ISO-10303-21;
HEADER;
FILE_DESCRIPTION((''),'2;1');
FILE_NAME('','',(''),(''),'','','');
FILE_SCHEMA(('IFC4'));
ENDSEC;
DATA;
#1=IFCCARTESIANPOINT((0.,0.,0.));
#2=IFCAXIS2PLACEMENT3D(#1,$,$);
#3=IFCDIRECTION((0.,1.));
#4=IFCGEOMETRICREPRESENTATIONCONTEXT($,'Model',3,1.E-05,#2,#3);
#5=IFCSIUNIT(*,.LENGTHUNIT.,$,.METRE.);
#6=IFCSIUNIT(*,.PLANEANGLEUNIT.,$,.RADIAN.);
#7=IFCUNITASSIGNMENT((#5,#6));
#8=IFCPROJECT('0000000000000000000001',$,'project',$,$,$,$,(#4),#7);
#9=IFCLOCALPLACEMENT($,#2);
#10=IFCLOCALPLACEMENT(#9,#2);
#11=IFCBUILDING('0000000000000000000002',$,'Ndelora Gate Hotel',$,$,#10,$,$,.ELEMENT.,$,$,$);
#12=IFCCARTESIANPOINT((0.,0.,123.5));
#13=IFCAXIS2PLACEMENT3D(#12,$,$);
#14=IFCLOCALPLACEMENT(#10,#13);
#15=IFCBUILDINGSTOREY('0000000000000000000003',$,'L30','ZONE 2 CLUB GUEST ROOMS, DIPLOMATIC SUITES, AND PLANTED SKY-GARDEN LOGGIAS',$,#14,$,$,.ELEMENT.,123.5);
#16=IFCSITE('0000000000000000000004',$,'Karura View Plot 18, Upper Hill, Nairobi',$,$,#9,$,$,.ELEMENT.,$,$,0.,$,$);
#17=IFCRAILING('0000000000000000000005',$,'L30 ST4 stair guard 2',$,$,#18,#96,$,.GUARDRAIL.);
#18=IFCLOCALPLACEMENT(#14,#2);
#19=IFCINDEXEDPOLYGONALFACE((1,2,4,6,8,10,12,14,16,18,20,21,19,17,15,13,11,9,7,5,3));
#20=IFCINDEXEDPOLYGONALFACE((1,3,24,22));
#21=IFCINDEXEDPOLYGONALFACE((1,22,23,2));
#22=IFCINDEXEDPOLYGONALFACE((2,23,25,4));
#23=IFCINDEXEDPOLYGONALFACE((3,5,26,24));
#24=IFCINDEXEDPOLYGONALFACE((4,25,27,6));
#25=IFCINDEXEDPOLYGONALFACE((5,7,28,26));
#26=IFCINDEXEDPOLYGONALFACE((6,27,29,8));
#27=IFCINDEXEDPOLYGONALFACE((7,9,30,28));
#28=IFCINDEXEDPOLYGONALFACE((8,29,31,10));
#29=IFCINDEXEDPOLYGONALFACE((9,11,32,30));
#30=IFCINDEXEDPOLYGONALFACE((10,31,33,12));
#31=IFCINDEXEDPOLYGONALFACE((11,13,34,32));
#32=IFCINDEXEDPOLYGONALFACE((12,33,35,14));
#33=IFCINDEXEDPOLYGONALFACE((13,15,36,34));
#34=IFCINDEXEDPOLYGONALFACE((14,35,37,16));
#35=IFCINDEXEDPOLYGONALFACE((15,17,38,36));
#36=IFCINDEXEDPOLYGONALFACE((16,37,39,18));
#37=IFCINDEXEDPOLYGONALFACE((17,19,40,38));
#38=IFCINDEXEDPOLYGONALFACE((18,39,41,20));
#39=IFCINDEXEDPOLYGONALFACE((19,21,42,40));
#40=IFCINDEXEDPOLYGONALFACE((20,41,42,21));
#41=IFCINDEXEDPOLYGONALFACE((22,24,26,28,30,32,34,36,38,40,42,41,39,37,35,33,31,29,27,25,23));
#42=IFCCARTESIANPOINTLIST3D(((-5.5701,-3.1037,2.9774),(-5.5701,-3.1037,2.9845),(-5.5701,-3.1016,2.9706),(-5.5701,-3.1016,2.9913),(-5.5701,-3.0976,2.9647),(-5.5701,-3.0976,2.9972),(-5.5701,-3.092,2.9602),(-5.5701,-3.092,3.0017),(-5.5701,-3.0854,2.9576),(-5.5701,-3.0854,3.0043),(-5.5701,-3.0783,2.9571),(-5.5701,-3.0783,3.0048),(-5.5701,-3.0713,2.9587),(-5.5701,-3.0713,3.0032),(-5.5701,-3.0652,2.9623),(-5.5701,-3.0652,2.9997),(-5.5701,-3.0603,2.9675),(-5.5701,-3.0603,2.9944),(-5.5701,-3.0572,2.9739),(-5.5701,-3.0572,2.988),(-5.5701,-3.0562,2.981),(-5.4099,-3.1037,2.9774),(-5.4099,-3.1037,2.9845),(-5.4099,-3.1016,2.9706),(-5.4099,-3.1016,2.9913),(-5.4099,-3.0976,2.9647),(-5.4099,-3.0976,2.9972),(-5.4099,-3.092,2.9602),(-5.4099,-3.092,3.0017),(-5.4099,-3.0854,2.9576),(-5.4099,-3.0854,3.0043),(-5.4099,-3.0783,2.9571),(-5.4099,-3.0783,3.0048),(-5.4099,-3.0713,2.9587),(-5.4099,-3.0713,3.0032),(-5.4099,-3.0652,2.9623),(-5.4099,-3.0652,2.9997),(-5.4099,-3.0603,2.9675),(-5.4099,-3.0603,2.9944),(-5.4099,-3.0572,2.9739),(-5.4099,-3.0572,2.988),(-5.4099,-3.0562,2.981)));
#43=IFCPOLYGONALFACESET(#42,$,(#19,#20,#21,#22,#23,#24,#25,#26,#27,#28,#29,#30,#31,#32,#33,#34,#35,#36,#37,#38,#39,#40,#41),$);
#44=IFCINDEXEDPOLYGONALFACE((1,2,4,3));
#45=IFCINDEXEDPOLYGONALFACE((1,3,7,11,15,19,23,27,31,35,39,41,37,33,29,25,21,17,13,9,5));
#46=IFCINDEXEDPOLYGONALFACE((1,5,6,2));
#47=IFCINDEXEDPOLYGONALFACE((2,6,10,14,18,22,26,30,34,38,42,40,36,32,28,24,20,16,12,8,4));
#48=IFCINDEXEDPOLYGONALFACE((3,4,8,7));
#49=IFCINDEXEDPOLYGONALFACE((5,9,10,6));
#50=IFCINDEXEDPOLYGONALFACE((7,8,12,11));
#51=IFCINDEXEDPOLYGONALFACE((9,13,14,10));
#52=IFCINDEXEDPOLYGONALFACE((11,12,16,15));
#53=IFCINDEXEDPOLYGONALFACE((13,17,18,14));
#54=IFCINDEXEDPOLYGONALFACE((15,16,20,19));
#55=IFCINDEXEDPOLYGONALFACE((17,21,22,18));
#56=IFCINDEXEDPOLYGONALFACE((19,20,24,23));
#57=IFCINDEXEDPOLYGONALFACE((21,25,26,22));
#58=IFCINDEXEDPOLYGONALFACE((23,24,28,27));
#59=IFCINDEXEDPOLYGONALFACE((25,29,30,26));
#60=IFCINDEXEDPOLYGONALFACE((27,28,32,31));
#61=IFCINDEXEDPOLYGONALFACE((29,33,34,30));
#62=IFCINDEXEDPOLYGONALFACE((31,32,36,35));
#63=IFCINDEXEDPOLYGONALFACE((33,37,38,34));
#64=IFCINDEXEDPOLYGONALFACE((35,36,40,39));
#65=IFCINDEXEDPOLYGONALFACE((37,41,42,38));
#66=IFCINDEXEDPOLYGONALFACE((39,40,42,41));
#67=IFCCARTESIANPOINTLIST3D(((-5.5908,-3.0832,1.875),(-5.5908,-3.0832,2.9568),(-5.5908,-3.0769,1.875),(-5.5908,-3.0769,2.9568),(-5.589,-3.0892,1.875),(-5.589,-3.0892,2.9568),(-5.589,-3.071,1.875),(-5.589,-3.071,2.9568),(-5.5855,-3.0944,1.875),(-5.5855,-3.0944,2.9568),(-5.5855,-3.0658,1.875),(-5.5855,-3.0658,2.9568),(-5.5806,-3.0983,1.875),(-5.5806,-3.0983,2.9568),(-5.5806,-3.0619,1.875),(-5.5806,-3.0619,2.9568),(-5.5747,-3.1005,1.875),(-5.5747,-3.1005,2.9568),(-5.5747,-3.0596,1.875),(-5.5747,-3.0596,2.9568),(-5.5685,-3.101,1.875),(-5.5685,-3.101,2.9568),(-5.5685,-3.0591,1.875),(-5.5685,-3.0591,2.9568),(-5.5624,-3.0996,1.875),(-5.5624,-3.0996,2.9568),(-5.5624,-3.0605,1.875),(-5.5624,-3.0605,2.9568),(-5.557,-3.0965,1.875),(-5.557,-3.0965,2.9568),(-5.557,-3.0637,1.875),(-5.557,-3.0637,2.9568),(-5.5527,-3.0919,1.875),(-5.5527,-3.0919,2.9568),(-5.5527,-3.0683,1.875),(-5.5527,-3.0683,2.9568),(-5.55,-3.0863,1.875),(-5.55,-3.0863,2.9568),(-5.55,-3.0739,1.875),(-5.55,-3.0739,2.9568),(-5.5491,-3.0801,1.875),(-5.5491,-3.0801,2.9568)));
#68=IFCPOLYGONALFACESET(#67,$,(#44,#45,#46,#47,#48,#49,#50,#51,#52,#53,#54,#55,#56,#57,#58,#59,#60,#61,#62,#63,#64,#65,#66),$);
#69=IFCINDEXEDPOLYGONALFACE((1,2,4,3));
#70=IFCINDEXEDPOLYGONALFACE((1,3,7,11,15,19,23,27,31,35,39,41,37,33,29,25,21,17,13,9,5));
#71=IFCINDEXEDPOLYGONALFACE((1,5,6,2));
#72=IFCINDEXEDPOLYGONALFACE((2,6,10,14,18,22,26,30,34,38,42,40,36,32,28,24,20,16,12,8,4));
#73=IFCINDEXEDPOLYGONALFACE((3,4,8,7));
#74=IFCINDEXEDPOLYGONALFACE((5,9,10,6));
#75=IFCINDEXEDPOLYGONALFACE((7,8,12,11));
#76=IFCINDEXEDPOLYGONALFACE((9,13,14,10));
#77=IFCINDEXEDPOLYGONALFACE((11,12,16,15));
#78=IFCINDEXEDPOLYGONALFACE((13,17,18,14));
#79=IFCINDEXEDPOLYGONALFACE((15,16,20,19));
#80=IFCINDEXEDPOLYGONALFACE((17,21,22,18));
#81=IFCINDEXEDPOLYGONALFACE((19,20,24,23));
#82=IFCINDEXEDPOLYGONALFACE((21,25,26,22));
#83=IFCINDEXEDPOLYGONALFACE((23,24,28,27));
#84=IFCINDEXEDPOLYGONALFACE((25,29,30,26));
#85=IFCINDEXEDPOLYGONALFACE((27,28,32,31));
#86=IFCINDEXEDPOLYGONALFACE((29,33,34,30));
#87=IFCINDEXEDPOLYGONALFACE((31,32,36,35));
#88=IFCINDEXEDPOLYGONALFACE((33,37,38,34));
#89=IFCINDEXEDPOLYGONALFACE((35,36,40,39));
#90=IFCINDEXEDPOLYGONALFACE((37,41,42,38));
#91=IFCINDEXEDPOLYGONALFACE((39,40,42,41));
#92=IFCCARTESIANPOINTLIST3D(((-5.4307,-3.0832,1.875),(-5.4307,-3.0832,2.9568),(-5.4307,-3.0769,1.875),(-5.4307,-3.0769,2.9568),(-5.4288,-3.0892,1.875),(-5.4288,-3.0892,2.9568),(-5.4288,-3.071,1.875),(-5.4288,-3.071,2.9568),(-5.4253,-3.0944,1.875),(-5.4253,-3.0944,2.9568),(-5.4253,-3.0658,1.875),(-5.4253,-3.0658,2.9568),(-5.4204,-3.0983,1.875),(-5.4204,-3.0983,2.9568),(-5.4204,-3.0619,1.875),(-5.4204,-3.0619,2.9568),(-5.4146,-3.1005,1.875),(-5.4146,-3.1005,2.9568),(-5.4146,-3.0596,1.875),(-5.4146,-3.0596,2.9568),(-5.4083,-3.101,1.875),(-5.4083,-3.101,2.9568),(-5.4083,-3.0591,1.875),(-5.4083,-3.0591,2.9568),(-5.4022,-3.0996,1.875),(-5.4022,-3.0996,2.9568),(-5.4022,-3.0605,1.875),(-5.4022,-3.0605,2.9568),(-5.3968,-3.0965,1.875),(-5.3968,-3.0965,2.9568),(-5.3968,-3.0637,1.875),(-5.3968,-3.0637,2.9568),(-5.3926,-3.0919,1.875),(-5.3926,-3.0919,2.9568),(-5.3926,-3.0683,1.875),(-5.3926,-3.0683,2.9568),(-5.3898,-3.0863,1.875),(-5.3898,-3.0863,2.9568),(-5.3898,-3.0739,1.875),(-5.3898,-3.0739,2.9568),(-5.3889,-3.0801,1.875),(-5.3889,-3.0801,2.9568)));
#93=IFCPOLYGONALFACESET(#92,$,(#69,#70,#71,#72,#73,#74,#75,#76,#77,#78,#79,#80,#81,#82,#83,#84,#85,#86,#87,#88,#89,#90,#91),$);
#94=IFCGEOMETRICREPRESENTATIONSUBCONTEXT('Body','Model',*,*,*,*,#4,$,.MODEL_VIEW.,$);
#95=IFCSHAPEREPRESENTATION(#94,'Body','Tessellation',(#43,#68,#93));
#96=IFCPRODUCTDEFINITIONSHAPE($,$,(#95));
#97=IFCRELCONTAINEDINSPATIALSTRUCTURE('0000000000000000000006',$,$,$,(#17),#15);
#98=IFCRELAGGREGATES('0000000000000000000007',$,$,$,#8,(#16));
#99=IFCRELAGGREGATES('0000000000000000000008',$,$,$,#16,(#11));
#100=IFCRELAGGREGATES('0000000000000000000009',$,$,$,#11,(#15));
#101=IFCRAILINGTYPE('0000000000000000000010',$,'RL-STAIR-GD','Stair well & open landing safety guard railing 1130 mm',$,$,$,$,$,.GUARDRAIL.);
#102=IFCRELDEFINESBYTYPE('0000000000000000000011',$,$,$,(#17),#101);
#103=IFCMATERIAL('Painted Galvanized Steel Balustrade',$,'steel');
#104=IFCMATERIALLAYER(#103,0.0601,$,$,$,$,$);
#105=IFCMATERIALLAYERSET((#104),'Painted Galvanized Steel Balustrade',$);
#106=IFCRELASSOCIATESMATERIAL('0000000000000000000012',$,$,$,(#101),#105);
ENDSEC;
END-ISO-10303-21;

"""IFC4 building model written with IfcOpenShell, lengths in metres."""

from ifc_helpers import new_model, si_unit, direction, frame, origin, origin_2d, place, context, subcontext, project, spatial, circle, extrude, material, layer, layer_set, type_object, element, save


model = new_model("IFC4")

# Units and contexts
model_context = context("Model", 3, precision=1e-05, world=origin(), true_north=direction((0.0, 1.0)))
body_context = subcontext(model_context, "Body", "Model", "MODEL_VIEW")
ifc_project = project(units=[si_unit("LENGTHUNIT", "METRE"), si_unit("PLANEANGLEUNIT", "RADIAN")], contexts=[model_context])

# Site, building, storey
site_placement = place(None, origin())
site = spatial("IfcSite", under=ifc_project, at=site_placement, Name="Karura View Plot 18, Upper Hill, Nairobi", CompositionType="ELEMENT", RefElevation=0.0)
building_placement = place(site_placement, origin())
building = spatial("IfcBuilding", under=site, at=building_placement, Name="Ndelora Gate Hotel", CompositionType="ELEMENT")
storey_placement = place(building_placement, frame((0.0, 0.0, 123.5)))
storey = spatial("IfcBuildingStorey", under=building, at=storey_placement, Name="L30", Description="ZONE 2 CLUB GUEST ROOMS, DIPLOMATIC SUITES, AND PLANTED SKY-GARDEN LOGGIAS", CompositionType="ELEMENT", Elevation=123.5)

# Railing
ifc_material_1 = material(Name="Painted Galvanized Steel Balustrade", Category="steel")
ifc_layer_1 = layer(ifc_material_1, 0.0601)
ifc_layer_set_1 = layer_set([ifc_layer_1], Name="Painted Galvanized Steel Balustrade")
railing_type_1 = type_object("IfcRailingType", Name="RL-STAIR-GD", Description="Stair well & open landing safety guard railing 1130 mm", PredefinedType="GUARDRAIL", material=ifc_layer_set_1)
railing_1_placement = place(storey_placement, frame((-5.5701, -3.0801, 1.875)))
element("IfcRailing", 1, at=railing_1_placement, inside=storey, type_object=railing_type_1, Name="L30 ST4 stair guard 2", PredefinedType="GUARDRAIL", context=body_context, shape_type="SweptSolid", body=[
    extrude(circle(Radius=0.0239, at=origin_2d()), frame((0.0, 0.0, 1.106), z_axis=(1.0, 0.0, 0.0), x_axis=(0.0, 1.0, 0.0)), (0.0, 0.0, 1.0), 0.1602),
    extrude(circle(Radius=0.021, at=origin_2d()), origin(), (0.0, 0.0, 1.0), 1.0818),
    extrude(circle(Radius=0.021, at=origin_2d()), frame((0.1602, 0.0, 0.0)), (0.0, 0.0, 1.0), 1.0818),
])

save(model, "model.ifc")
